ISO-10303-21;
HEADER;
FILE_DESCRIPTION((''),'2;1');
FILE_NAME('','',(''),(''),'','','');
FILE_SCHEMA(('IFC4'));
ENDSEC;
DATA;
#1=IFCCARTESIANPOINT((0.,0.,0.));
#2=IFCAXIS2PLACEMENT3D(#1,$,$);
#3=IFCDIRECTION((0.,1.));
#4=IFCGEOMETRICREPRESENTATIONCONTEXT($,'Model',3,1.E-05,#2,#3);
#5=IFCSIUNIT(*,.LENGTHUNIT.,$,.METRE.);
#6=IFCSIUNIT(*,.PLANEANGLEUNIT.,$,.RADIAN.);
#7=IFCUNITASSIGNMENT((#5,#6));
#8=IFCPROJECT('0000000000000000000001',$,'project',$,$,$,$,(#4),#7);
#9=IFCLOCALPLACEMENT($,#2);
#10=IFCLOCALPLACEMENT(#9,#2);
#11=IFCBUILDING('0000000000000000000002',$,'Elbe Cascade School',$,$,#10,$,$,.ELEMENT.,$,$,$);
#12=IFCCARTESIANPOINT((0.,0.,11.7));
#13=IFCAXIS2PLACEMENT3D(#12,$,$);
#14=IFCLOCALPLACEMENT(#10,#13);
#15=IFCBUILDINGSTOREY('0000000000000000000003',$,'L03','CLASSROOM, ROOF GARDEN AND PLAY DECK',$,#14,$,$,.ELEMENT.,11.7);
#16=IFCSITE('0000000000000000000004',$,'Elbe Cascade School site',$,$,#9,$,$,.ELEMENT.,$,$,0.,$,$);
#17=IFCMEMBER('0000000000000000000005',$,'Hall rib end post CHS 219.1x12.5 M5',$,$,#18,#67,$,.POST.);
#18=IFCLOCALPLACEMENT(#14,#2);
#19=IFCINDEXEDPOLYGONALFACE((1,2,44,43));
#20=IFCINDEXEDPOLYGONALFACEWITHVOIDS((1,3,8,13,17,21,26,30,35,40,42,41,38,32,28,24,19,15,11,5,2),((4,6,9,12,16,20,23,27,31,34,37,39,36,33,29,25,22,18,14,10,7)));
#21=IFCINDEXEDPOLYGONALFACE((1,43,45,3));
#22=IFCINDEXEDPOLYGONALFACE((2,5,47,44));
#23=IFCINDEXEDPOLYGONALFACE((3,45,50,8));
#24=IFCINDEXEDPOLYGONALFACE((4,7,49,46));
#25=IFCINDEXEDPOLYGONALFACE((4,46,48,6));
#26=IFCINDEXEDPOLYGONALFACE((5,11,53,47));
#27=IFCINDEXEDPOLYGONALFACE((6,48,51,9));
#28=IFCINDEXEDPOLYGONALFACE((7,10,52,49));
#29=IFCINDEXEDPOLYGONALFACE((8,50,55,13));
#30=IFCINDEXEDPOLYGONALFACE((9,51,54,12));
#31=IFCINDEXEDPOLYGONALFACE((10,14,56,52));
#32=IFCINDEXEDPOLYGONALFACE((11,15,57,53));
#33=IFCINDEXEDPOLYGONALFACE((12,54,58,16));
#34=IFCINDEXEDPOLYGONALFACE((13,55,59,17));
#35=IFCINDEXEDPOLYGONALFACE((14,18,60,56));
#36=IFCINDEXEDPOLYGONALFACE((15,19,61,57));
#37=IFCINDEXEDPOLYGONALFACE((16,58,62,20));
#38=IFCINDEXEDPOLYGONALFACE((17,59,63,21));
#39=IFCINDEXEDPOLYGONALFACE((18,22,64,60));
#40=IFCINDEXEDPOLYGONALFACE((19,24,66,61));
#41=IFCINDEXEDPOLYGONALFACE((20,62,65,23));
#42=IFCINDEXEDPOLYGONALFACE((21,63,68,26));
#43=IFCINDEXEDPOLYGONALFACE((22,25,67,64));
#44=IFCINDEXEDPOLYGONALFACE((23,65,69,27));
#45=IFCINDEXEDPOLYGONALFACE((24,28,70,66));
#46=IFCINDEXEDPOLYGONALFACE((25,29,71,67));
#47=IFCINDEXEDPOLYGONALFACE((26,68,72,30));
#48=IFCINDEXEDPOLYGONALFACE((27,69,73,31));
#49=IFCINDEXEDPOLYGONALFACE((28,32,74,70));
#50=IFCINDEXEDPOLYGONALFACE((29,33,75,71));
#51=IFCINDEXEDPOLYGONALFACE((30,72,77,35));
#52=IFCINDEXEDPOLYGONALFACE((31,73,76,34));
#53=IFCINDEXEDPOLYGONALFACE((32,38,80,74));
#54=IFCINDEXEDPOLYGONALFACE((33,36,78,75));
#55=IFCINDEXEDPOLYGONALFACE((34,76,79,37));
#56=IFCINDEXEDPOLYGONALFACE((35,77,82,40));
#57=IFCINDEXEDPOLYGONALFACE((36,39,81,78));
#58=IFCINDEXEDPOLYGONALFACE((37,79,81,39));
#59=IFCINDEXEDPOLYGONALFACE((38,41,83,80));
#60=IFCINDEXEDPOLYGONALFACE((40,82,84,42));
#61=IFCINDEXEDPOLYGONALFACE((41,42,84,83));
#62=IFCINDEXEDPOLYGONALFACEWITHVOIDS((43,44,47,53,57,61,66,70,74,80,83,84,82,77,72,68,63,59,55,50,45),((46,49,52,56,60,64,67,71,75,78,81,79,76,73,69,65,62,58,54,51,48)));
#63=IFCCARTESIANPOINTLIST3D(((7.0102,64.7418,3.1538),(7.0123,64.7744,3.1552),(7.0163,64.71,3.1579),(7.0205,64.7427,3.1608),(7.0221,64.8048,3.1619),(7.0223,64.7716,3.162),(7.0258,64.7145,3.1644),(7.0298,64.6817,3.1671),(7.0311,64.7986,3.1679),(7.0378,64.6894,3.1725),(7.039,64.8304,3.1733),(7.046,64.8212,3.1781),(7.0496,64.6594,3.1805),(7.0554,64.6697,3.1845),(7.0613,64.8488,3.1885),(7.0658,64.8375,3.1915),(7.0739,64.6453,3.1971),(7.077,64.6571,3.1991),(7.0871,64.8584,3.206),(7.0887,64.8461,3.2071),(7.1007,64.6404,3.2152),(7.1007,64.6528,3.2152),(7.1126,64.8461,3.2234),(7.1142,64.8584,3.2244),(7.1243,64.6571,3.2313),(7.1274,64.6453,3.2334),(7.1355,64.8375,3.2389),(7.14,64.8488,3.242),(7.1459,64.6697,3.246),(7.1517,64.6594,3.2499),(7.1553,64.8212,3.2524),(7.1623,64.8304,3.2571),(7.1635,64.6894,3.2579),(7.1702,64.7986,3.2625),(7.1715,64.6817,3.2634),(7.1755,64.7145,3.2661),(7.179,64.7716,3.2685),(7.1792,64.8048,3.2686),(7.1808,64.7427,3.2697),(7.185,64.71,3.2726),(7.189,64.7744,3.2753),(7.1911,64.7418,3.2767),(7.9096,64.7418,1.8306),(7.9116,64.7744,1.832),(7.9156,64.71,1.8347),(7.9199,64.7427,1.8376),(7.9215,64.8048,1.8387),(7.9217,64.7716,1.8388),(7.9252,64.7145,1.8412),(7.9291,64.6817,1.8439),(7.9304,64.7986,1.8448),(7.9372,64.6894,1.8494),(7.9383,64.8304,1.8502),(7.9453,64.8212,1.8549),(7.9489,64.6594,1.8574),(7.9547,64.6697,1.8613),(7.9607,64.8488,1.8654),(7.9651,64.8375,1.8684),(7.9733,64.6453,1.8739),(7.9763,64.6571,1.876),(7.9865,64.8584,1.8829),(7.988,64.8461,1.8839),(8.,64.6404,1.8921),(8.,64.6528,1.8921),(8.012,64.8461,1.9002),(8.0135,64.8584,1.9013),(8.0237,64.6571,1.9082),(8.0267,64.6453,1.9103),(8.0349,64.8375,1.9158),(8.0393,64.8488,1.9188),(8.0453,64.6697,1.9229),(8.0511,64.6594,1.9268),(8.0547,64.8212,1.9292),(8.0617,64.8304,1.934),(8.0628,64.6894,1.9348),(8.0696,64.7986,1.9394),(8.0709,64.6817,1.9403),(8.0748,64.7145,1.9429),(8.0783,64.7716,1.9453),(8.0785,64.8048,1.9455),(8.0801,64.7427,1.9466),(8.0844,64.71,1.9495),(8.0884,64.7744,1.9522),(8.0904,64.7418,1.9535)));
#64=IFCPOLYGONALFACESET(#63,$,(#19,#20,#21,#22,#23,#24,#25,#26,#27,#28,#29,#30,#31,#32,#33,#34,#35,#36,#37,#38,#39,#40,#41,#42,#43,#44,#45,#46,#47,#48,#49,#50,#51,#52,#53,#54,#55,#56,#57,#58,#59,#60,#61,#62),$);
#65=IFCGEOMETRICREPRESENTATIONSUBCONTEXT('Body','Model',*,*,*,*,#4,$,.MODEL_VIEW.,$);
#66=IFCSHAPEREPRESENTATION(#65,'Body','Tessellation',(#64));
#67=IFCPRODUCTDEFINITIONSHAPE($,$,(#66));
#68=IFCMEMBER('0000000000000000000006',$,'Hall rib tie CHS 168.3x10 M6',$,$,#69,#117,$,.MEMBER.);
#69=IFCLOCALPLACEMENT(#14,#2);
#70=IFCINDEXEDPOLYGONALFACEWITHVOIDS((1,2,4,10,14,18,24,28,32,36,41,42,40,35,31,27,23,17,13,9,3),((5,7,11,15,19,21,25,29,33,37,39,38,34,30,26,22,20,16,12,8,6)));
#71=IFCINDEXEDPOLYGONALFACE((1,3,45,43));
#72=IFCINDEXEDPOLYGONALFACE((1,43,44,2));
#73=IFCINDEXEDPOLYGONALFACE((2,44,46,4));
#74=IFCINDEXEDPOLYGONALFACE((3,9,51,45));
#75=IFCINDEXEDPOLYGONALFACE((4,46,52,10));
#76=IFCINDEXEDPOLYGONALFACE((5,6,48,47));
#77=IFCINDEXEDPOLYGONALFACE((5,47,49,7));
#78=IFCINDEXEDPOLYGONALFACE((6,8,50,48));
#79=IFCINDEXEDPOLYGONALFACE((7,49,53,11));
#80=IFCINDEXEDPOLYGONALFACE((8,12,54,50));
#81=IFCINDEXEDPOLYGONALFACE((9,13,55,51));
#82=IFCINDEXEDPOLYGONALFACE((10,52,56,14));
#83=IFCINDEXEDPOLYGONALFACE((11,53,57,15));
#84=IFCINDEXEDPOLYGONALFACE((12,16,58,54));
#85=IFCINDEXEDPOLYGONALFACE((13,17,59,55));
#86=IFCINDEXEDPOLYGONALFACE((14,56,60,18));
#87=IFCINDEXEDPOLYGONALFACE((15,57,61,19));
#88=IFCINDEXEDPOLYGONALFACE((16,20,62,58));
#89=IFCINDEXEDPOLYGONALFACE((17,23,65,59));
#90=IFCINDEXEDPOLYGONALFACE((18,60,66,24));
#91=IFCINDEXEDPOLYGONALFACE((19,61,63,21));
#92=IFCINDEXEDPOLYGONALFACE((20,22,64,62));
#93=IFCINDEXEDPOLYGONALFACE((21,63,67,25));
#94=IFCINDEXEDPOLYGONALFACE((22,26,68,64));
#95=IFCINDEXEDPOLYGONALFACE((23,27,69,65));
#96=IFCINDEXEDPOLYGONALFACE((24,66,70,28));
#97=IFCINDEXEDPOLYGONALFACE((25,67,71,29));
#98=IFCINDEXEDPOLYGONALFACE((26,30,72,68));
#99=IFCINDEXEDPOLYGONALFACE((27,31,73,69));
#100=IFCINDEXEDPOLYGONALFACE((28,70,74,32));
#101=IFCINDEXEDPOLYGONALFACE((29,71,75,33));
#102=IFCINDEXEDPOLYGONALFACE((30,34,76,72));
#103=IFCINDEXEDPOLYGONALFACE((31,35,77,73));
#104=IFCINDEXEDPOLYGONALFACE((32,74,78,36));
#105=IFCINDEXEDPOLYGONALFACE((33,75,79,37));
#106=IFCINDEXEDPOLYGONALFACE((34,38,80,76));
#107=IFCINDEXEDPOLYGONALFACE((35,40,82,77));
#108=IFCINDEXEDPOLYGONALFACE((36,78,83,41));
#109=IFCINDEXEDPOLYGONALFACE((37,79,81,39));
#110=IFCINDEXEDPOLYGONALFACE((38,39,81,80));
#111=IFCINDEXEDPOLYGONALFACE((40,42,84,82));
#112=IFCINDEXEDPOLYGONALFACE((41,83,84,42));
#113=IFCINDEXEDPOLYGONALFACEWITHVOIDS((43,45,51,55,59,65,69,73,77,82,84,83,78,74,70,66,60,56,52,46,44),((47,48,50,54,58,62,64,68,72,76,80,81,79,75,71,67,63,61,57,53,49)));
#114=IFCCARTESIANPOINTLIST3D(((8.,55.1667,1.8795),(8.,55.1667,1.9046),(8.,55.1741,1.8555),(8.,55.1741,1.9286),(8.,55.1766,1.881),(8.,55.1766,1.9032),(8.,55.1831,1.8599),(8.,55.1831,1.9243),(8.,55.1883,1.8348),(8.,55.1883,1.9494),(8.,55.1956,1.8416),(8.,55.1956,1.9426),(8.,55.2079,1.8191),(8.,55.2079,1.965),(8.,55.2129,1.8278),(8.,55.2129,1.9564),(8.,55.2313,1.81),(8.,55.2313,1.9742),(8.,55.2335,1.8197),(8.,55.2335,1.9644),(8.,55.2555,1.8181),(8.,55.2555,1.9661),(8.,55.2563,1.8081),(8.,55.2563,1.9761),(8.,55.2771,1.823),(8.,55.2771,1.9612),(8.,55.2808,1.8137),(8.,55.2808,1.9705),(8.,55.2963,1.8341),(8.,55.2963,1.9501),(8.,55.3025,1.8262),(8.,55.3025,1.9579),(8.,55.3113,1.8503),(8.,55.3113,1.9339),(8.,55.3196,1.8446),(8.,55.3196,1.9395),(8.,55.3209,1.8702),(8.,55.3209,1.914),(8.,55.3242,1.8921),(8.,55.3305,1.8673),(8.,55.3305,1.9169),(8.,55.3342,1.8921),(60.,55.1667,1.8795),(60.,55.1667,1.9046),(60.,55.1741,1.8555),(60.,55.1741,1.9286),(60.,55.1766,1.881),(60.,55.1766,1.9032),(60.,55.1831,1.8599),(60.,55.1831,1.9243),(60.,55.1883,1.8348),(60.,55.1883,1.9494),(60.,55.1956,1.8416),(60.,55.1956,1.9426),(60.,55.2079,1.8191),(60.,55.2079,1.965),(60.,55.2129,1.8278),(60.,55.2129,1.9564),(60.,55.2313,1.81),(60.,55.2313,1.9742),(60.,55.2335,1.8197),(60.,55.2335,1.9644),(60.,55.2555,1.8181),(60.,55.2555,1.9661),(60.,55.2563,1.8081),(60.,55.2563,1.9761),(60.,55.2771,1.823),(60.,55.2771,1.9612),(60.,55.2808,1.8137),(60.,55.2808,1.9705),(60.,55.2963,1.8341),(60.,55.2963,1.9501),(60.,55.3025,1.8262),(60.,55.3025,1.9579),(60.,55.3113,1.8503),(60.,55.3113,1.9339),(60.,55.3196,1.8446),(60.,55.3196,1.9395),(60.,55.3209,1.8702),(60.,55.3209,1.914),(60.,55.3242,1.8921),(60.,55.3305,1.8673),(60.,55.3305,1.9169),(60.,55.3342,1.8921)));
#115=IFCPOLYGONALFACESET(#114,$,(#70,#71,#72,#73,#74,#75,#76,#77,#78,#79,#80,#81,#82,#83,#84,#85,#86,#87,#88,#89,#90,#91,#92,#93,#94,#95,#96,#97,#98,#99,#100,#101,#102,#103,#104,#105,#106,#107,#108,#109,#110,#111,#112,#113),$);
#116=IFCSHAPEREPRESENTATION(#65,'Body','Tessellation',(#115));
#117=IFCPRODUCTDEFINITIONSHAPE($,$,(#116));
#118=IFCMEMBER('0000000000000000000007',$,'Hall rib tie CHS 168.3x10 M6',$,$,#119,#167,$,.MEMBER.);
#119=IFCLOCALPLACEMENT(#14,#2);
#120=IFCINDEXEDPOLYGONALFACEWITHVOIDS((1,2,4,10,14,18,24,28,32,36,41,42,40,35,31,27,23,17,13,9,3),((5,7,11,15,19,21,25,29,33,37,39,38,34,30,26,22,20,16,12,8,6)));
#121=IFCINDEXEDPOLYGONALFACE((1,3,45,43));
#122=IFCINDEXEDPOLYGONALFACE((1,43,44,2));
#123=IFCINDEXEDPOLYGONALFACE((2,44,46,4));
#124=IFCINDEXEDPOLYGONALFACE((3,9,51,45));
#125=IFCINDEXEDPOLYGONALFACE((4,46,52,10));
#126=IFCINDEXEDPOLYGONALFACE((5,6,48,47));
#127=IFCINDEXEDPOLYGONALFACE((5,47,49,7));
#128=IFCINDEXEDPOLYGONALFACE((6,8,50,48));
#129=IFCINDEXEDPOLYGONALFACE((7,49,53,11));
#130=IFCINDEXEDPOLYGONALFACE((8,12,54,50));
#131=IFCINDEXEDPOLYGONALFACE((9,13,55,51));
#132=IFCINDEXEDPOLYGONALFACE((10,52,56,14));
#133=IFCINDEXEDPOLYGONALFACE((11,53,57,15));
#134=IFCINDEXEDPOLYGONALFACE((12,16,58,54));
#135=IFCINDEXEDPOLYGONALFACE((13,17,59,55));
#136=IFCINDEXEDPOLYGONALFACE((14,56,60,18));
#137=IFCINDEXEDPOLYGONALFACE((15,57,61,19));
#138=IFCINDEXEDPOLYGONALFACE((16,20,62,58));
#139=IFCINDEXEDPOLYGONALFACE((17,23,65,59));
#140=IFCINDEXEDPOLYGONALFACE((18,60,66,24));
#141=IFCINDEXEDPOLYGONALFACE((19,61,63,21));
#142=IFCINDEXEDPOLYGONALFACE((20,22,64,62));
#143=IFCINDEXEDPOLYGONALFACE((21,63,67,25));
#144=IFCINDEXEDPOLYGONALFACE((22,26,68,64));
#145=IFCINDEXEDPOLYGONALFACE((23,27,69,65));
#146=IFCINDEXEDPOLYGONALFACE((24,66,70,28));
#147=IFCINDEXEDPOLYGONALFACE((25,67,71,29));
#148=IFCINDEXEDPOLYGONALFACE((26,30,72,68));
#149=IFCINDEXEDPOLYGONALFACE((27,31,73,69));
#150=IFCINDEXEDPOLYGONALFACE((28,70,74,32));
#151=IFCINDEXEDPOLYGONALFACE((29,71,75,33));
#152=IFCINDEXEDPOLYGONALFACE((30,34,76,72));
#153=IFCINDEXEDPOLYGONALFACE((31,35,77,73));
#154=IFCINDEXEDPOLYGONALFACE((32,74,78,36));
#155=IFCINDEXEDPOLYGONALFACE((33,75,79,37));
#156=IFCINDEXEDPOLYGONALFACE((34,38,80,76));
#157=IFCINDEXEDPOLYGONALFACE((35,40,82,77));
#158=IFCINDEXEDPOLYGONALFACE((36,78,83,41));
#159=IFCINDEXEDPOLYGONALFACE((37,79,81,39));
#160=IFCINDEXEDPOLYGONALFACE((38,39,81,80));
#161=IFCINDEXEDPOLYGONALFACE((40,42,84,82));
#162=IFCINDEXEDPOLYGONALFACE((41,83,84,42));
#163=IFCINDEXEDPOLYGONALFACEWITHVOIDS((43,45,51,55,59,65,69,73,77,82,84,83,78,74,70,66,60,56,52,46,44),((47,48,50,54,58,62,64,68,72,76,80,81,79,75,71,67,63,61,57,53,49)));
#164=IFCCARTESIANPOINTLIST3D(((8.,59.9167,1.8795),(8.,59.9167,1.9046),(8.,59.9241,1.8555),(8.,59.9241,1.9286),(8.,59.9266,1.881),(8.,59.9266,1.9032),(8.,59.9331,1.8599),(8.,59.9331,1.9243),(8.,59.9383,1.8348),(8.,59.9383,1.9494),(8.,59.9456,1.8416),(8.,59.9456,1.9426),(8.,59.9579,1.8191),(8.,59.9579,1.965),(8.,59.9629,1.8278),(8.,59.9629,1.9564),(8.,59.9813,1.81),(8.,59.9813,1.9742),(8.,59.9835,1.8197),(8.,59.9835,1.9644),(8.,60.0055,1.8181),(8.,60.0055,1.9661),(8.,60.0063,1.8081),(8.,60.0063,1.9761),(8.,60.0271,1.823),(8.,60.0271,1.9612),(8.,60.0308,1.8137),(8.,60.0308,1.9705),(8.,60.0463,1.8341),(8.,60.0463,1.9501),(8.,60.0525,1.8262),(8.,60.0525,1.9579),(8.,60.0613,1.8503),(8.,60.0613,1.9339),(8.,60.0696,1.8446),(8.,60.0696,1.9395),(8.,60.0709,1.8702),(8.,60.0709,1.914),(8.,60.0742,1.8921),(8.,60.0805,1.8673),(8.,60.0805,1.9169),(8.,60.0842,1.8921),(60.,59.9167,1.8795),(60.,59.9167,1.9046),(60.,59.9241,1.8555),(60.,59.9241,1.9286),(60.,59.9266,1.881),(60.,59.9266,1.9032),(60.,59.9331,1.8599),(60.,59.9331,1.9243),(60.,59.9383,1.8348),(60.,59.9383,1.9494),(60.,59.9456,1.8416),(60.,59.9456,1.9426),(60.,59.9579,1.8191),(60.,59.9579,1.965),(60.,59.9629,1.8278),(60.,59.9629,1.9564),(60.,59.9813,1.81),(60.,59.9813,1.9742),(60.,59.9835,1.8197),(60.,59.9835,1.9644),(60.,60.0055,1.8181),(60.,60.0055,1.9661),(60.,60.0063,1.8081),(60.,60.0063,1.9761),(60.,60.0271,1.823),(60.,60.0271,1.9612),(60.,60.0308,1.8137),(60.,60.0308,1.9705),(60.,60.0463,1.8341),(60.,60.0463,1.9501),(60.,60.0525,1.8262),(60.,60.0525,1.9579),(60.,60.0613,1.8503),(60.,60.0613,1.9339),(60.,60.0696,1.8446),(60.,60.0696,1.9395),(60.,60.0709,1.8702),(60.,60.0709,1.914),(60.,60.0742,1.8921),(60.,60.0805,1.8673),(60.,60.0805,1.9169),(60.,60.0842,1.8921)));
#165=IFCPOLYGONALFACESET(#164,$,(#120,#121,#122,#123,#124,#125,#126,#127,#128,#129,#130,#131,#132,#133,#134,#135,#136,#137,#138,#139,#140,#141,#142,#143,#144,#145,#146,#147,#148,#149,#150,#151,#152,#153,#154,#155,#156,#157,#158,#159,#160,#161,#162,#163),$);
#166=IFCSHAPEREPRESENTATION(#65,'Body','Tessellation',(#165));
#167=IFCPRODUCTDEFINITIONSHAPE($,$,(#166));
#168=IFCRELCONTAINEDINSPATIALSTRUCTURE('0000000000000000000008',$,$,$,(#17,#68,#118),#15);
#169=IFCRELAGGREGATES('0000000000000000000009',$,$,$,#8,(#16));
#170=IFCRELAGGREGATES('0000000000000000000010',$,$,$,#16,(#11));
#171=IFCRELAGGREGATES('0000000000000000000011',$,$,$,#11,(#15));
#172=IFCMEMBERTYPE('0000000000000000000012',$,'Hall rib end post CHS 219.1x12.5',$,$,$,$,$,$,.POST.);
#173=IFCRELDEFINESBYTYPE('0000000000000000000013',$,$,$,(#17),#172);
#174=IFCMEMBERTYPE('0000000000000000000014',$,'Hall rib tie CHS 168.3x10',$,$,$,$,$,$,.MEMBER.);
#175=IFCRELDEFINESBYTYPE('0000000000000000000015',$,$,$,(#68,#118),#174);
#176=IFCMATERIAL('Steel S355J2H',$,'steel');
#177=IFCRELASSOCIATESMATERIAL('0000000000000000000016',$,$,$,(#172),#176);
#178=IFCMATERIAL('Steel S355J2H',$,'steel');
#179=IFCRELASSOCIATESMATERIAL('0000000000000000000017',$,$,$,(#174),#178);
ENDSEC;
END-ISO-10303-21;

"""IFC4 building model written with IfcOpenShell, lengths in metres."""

from ifc_helpers import new_model, si_unit, direction, frame, origin, origin_2d, place, context, subcontext, project, spatial, hollow_circle, extrude, material, material_profile, profile_set, type_object, element, save


model = new_model("IFC4")

# Units and contexts
model_context = context("Model", 3, precision=1e-05, world=origin(), true_north=direction((0.0, 1.0)))
body_context = subcontext(model_context, "Body", "Model", "MODEL_VIEW")
ifc_project = project(units=[si_unit("LENGTHUNIT", "METRE"), si_unit("PLANEANGLEUNIT", "RADIAN")], contexts=[model_context])

# Site, building, storey
site_placement = place(None, origin())
site = spatial("IfcSite", under=ifc_project, at=site_placement, Name="Elbe Cascade School site", CompositionType="ELEMENT", RefElevation=0.0)
building_placement = place(site_placement, origin())
building = spatial("IfcBuilding", under=site, at=building_placement, Name="Elbe Cascade School", CompositionType="ELEMENT")
storey_placement = place(building_placement, frame((0.0, 0.0, 11.7)))
storey = spatial("IfcBuildingStorey", under=building, at=storey_placement, Name="L03", Description="CLASSROOM, ROOF GARDEN AND PLAY DECK", CompositionType="ELEMENT", Elevation=11.7)

# Members
ifc_material_1 = material(Name="Steel S355J2H", Category="steel")
ifc_material_profile_1 = material_profile(ifc_material_1, hollow_circle(Radius=0.1096, WallThickness=0.0125, at=origin_2d()), Name="CHS 219.1x12.5")
ifc_profile_set_1 = profile_set([ifc_material_profile_1], Name="Steel S355J2H")
member_type_1 = type_object("IfcMemberType", Name="Hall rib end post CHS 219.1x12.5", PredefinedType="POST", material=ifc_profile_set_1)
for number, where, z_axis, x_axis, name in (
    (1, (8.0, 64.75, 1.8921), (-0.562143, 0.0, 0.82704), (0.0, -1.0, 0.0), "Hall rib end post CHS 219.1x12.5 M5"),
):
    element("IfcMember", number, at=place(storey_placement, frame(where, z_axis=z_axis, x_axis=x_axis)), inside=storey, type_object=member_type_1, Name=name, PredefinedType="POST", context=body_context, shape_type="SweptSolid", body=[
        extrude(hollow_circle(Radius=0.1096, WallThickness=0.0125, at=origin_2d()), origin(), (0.0, 0.0, 1.0), 1.5999),
    ])
ifc_material_2 = material(Name="Steel S355J2H", Category="steel")
ifc_material_profile_2 = material_profile(ifc_material_2, hollow_circle(Radius=0.0842, WallThickness=0.01, at=origin_2d()), Name="CHS 168.3x10")
ifc_profile_set_2 = profile_set([ifc_material_profile_2], Name="Steel S355J2H")
member_type_2 = type_object("IfcMemberType", Name="Hall rib tie CHS 168.3x10", PredefinedType="MEMBER", material=ifc_profile_set_2)
for number, where, z_axis, x_axis, name in (
    (2, (8.0, 55.25, 1.8921), (1.0, 0.0, 0.0), (0.0, 1.0, 0.0), "Hall rib tie CHS 168.3x10 M6"),
    (3, (8.0, 60.0, 1.8921), (1.0, 0.0, 0.0), (0.0, 1.0, 0.0), "Hall rib tie CHS 168.3x10 M6"),
):
    element("IfcMember", number, at=place(storey_placement, frame(where, z_axis=z_axis, x_axis=x_axis)), inside=storey, type_object=member_type_2, Name=name, PredefinedType="MEMBER", context=body_context, shape_type="SweptSolid", body=[
        extrude(hollow_circle(Radius=0.0842, WallThickness=0.01, at=origin_2d()), origin(), (0.0, 0.0, 1.0), 52.0),
    ])

save(model, "model.ifc")
